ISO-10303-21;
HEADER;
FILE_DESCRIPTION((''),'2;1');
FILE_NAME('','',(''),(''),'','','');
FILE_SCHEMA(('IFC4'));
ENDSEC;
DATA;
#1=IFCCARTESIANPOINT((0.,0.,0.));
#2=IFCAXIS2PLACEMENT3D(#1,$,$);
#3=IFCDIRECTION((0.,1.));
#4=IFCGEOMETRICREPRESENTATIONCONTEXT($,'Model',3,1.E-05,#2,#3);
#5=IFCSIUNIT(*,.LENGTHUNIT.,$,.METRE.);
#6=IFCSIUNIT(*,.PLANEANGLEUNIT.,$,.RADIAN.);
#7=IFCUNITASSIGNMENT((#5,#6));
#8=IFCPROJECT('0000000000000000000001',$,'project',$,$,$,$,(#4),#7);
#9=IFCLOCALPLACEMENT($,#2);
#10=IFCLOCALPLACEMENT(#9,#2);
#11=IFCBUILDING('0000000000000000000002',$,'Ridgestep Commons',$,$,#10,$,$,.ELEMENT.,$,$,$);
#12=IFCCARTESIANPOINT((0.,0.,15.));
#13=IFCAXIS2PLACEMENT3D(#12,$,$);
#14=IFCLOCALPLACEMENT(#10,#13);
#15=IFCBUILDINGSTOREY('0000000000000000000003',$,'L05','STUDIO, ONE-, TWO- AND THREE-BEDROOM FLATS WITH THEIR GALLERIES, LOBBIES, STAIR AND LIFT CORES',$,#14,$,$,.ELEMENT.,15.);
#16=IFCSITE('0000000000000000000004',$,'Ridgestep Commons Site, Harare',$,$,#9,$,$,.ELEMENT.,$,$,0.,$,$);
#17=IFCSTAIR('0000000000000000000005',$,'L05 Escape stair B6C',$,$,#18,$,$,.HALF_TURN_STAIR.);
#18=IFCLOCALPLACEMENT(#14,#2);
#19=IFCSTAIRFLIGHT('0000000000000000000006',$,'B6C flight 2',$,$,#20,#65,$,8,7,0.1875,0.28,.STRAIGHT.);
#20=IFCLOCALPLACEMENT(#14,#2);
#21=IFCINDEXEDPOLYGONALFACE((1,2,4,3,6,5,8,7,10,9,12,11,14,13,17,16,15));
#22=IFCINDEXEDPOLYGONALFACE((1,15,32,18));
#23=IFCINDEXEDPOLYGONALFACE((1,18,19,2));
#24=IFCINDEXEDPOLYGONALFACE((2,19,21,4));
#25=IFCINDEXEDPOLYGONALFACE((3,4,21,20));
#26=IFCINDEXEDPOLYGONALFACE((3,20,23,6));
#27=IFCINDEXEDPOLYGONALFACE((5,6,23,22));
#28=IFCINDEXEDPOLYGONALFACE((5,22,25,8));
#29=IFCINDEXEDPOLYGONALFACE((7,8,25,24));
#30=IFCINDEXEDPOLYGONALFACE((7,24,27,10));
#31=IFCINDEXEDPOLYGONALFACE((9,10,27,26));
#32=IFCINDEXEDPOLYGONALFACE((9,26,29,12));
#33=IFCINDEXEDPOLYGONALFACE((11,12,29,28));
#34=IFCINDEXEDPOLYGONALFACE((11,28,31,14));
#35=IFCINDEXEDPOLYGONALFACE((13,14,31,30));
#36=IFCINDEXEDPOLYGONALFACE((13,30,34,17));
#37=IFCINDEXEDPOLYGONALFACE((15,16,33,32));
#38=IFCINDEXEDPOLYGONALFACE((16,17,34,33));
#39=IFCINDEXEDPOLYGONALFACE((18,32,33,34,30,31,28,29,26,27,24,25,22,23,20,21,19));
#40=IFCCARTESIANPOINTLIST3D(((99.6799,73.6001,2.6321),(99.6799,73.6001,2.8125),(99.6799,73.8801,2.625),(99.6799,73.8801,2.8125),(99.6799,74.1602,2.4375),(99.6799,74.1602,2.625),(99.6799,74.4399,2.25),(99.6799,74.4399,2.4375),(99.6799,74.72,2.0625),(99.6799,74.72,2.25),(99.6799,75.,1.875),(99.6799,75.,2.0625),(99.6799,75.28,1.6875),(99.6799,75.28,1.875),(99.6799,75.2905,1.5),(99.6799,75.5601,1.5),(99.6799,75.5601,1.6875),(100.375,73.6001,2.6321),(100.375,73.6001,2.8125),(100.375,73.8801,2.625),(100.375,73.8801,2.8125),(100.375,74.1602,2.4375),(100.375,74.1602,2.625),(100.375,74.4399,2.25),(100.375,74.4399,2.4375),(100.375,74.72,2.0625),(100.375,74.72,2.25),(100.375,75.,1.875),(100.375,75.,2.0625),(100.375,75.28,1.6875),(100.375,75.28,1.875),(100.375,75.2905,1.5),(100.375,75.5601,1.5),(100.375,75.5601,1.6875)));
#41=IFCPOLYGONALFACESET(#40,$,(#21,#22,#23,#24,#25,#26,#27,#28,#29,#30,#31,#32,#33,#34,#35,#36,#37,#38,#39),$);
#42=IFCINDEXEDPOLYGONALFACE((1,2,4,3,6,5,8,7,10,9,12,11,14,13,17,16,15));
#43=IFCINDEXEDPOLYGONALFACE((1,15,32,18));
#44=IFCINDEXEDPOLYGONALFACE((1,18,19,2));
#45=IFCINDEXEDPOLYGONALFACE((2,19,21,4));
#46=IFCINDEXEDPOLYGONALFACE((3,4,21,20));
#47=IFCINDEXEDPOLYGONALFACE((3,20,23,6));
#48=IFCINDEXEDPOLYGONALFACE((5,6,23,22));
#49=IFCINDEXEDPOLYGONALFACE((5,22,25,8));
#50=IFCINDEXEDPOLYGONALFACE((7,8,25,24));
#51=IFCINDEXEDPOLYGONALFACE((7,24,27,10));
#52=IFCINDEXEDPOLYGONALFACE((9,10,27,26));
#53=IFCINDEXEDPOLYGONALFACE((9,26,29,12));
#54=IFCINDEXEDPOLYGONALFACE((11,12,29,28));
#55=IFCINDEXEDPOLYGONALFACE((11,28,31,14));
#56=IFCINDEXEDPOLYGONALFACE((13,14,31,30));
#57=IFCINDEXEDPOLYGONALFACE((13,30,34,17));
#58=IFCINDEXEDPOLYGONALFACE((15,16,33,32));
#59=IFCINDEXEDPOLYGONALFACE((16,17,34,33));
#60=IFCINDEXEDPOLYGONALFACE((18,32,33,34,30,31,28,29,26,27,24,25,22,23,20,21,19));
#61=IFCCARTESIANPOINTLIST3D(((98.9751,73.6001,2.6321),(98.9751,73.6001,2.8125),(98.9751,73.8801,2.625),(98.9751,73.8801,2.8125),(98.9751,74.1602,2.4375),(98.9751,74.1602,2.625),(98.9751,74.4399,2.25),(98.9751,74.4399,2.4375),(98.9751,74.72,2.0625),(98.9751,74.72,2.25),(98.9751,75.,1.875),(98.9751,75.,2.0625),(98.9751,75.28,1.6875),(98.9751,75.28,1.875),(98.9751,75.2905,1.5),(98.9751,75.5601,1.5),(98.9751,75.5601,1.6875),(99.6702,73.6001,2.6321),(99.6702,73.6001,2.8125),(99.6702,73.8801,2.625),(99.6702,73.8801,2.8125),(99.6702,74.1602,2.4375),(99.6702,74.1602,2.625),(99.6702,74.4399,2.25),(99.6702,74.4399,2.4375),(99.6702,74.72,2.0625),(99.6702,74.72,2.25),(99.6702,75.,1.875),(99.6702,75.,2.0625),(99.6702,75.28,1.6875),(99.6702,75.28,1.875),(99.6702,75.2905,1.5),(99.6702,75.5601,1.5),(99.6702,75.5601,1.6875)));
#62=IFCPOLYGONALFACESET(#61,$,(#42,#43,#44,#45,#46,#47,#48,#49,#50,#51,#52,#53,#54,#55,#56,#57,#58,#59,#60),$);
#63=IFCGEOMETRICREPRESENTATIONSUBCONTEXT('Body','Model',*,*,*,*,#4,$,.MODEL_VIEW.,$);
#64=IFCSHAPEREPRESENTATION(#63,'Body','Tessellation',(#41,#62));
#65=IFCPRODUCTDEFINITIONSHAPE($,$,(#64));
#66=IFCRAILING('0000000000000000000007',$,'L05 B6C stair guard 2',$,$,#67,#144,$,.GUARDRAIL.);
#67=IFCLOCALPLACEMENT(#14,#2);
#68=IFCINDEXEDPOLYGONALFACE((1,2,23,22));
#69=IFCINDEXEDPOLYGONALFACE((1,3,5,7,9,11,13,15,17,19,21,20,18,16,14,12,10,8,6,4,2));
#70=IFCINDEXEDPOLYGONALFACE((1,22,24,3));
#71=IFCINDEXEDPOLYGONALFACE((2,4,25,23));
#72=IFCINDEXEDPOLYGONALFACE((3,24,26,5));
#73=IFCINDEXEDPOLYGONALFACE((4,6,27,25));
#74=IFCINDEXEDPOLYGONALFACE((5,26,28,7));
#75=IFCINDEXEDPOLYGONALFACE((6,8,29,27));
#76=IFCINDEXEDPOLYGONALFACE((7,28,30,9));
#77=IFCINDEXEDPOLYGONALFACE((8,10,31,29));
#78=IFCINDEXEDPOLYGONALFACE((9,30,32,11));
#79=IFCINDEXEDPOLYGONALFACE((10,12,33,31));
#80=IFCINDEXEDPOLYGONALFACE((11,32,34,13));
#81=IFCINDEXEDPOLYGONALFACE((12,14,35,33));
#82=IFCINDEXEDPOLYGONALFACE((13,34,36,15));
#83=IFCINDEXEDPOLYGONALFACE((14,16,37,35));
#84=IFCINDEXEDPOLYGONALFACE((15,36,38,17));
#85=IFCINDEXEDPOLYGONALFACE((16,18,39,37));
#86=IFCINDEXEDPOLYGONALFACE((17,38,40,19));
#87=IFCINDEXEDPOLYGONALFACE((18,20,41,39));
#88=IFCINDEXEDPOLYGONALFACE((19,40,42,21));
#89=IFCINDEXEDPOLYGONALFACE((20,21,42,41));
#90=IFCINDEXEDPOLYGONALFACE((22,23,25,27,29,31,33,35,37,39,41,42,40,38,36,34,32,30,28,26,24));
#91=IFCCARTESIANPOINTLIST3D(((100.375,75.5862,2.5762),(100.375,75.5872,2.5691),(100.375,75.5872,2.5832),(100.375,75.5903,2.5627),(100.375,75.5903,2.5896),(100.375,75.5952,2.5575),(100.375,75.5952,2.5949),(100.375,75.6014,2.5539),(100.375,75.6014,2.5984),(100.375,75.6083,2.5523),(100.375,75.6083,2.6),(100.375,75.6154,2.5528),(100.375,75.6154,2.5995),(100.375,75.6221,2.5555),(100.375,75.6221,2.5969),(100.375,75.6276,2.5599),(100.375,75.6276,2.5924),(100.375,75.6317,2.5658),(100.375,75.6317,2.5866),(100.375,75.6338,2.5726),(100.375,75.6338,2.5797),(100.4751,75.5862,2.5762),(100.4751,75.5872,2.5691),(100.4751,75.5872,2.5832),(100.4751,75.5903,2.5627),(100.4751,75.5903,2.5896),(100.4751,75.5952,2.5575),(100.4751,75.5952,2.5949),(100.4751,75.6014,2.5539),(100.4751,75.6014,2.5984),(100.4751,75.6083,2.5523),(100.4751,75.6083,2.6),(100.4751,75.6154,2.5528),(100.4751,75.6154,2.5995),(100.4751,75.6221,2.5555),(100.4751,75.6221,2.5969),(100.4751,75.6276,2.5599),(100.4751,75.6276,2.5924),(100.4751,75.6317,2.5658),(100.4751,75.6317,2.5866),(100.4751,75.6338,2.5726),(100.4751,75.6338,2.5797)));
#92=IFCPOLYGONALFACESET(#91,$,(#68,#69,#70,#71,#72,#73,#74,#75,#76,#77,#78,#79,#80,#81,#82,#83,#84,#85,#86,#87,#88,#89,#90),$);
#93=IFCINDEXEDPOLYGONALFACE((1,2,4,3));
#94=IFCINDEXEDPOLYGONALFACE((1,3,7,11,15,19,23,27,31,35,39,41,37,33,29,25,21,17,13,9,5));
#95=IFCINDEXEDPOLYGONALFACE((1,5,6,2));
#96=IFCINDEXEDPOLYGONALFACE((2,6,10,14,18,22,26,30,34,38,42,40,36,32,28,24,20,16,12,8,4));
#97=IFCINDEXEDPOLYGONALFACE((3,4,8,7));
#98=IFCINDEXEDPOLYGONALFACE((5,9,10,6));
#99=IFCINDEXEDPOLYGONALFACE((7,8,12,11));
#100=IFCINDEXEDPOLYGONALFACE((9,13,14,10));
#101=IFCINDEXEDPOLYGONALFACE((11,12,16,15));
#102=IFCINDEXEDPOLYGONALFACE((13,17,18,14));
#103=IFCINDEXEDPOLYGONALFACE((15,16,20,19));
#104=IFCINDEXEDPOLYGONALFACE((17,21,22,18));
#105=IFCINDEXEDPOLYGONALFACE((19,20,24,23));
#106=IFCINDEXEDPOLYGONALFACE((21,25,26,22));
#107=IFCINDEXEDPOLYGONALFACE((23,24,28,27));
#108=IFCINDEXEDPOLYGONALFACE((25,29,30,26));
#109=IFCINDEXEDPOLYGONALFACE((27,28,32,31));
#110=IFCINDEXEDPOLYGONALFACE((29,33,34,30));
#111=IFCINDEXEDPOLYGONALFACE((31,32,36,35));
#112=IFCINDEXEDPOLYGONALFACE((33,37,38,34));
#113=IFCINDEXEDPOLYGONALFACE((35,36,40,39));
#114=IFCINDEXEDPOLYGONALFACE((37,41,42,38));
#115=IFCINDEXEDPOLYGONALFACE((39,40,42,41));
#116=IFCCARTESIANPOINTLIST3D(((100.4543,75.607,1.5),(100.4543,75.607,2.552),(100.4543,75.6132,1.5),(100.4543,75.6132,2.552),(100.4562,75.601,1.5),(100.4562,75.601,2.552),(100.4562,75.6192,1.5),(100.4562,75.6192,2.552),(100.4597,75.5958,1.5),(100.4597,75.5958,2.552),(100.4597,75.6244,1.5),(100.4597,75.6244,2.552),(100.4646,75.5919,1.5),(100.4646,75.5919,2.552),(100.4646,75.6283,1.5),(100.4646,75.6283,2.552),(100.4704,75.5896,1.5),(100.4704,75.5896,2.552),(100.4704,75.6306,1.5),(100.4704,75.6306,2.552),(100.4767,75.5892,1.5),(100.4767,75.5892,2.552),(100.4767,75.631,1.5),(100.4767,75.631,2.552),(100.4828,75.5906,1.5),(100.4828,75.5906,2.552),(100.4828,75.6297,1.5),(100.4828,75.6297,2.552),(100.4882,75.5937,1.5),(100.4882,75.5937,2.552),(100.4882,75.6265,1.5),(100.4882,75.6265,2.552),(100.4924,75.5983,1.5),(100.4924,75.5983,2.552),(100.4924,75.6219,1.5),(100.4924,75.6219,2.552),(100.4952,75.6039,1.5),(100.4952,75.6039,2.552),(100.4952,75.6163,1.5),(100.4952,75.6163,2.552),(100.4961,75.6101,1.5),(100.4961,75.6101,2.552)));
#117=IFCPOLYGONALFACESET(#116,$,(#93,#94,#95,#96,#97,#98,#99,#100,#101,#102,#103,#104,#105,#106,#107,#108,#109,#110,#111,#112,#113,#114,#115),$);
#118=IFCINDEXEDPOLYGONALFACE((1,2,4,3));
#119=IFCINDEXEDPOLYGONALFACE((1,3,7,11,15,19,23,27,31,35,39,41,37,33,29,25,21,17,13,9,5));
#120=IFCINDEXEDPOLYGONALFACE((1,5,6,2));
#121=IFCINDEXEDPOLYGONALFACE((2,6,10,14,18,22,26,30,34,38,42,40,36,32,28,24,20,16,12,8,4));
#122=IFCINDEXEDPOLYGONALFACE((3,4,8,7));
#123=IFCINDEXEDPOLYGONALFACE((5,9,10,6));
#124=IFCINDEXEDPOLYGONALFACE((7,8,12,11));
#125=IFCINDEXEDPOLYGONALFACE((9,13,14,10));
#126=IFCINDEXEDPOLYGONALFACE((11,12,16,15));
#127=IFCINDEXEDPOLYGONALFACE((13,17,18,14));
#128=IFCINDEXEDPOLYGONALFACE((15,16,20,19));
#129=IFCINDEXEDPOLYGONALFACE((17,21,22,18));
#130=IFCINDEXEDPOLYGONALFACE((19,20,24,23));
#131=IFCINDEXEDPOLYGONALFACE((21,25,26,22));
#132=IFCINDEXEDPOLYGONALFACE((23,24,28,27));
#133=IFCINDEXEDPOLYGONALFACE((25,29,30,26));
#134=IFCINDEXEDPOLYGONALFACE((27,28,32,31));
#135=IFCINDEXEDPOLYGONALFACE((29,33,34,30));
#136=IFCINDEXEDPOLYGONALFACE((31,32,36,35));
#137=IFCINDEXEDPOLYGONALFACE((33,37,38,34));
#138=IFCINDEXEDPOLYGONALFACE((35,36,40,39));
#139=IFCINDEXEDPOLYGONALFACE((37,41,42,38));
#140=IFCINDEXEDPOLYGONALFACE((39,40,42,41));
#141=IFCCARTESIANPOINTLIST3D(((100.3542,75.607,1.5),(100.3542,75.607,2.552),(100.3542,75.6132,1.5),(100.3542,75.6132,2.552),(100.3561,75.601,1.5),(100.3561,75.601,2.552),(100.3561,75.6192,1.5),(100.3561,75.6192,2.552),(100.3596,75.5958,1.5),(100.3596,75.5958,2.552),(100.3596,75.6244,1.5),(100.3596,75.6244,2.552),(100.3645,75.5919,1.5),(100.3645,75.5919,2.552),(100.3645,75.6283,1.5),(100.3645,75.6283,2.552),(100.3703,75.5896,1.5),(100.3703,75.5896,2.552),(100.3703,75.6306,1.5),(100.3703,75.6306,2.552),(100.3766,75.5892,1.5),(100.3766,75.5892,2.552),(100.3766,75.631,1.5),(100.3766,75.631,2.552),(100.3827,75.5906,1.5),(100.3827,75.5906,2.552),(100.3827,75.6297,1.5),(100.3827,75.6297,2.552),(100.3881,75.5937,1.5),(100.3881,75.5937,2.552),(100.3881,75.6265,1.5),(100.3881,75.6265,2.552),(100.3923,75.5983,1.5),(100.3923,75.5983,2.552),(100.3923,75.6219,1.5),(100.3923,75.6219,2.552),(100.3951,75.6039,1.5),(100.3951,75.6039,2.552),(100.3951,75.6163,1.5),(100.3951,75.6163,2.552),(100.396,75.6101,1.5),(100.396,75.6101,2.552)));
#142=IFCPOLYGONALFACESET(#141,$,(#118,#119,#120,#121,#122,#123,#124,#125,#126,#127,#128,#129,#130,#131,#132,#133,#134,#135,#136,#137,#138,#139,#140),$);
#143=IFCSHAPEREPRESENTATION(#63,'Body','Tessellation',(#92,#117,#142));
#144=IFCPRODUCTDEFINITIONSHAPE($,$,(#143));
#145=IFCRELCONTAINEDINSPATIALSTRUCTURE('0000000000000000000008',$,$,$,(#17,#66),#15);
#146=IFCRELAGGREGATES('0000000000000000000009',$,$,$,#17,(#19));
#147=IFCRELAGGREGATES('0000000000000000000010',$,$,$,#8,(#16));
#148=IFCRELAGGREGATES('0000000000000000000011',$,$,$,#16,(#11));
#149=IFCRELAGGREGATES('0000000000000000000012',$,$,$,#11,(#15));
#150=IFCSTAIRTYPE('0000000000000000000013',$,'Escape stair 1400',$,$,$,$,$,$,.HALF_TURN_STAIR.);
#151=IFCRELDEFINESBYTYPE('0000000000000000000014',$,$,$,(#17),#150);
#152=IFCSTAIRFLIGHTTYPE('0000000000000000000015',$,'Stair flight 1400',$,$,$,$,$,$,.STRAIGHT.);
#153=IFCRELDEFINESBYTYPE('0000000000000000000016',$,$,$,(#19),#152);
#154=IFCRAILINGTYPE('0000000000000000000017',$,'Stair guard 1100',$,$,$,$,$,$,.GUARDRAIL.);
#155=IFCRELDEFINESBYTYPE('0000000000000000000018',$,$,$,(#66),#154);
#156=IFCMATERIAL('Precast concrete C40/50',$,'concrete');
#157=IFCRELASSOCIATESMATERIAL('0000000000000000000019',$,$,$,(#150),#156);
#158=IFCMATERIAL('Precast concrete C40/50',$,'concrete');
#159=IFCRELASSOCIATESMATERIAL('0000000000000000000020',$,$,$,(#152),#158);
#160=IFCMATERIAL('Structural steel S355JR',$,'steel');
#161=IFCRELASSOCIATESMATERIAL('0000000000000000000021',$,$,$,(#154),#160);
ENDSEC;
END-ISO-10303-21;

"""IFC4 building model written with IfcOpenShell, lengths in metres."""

from ifc_helpers import new_model, si_unit, direction, frame, origin, origin_2d, place, context, subcontext, project, spatial, polyline, circle, outline, extrude, material, type_object, element, aggregate, save


model = new_model("IFC4")

# Units and contexts
model_context = context("Model", 3, precision=1e-05, world=origin(), true_north=direction((0.0, 1.0)))
body_context = subcontext(model_context, "Body", "Model", "MODEL_VIEW")
ifc_project = project(units=[si_unit("LENGTHUNIT", "METRE"), si_unit("PLANEANGLEUNIT", "RADIAN")], contexts=[model_context])

# Site, building, storey
site_placement = place(None, origin())
site = spatial("IfcSite", under=ifc_project, at=site_placement, Name="Ridgestep Commons Site, Harare", CompositionType="ELEMENT", RefElevation=0.0)
building_placement = place(site_placement, origin())
building = spatial("IfcBuilding", under=site, at=building_placement, Name="Ridgestep Commons", CompositionType="ELEMENT")
storey_placement = place(building_placement, frame((0.0, 0.0, 15.0)))
storey = spatial("IfcBuildingStorey", under=building, at=storey_placement, Name="L05", Description="STUDIO, ONE-, TWO- AND THREE-BEDROOM FLATS WITH THEIR GALLERIES, LOBBIES, STAIR AND LIFT CORES", CompositionType="ELEMENT", Elevation=15.0)

# Stair, stair flight
ifc_material_1 = material(Name="Precast concrete C40/50", Category="concrete")
stair_type = type_object("IfcStairType", Name="Escape stair 1400", PredefinedType="HALF_TURN_STAIR", material=ifc_material_1)
stair_placement = place(storey_placement, origin())
stair = element("IfcStair", 1, at=stair_placement, inside=storey, type_object=stair_type, Name="L05 Escape stair B6C", PredefinedType="HALF_TURN_STAIR")
ifc_material_2 = material(Name="Precast concrete C40/50", Category="concrete")
stair_flight_type = type_object("IfcStairFlightType", Name="Stair flight 1400", PredefinedType="STRAIGHT", material=ifc_material_2)
stair_flight_placement = place(storey_placement, frame((99.675, 75.5601, 1.5), z_axis=(0.0, 0.0, 1.0), x_axis=(0.0, -1.0, 0.0)))
stair_flight = element("IfcStairFlight", 2, at=stair_flight_placement, type_object=stair_flight_type, Name="B6C flight 2", NumberOfRisers=8, NumberOfTreads=7, PredefinedType="STRAIGHT", RiserHeight=0.1875, TreadLength=0.28, context=body_context, shape_type="SweptSolid", body=[
    extrude(outline(polyline([(0.0, 0.0), (0.0, 0.1875), (0.28, 0.1875), (0.28, 0.375), (0.5601, 0.375), (0.5601, 0.5625), (0.8401, 0.5625), (0.8401, 0.75), (1.1201, 0.75), (1.1201, 0.9375), (1.3999, 0.9375), (1.3999, 1.125), (1.6799, 1.125), (1.6799, 1.3125), (1.96, 1.3125), (1.96, 1.5), (1.96, 1.1321), (0.2695, 0.0), (0.0, 0.0)])), frame((0.0, 0.7, 0.0), z_axis=(0.0, -1.0, 0.0), x_axis=(1.0, 0.0, 0.0)), (0.0, 0.0, 1.0), 0.6951),
    extrude(outline(polyline([(0.0, 0.0), (0.0, 0.1875), (0.28, 0.1875), (0.28, 0.375), (0.5601, 0.375), (0.5601, 0.5625), (0.8401, 0.5625), (0.8401, 0.75), (1.1201, 0.75), (1.1201, 0.9375), (1.3999, 0.9375), (1.3999, 1.125), (1.6799, 1.125), (1.6799, 1.3125), (1.96, 1.3125), (1.96, 1.5), (1.96, 1.1321), (0.2695, 0.0), (0.0, 0.0)])), frame((0.0, -0.0049, 0.0), z_axis=(0.0, -1.0, 0.0), x_axis=(1.0, 0.0, 0.0)), (0.0, 0.0, 1.0), 0.6951),
])
aggregate(stair, [stair_flight])

# Railing
ifc_material_3 = material(Name="Structural steel S355JR", Category="steel")
railing_type = type_object("IfcRailingType", Name="Stair guard 1100", PredefinedType="GUARDRAIL", material=ifc_material_3)
railing_1_placement = place(storey_placement, frame((100.4751, 75.6101, 1.5)))
element("IfcRailing", 3, at=railing_1_placement, inside=storey, type_object=railing_type, Name="L05 B6C stair guard 2", PredefinedType="GUARDRAIL", context=body_context, shape_type="SweptSolid", body=[
    extrude(circle(Radius=0.0239, at=origin_2d()), frame((0.0, 0.0, 1.0762), z_axis=(-1.0, 0.0, 0.0), x_axis=(0.0, -1.0, 0.0)), (0.0, 0.0, 1.0), 0.1001),
    extrude(circle(Radius=0.021, at=origin_2d()), origin(), (0.0, 0.0, 1.0), 1.052),
    extrude(circle(Radius=0.021, at=origin_2d()), frame((-0.1001, 0.0, 0.0)), (0.0, 0.0, 1.0), 1.052),
])

save(model, "model.ifc")
